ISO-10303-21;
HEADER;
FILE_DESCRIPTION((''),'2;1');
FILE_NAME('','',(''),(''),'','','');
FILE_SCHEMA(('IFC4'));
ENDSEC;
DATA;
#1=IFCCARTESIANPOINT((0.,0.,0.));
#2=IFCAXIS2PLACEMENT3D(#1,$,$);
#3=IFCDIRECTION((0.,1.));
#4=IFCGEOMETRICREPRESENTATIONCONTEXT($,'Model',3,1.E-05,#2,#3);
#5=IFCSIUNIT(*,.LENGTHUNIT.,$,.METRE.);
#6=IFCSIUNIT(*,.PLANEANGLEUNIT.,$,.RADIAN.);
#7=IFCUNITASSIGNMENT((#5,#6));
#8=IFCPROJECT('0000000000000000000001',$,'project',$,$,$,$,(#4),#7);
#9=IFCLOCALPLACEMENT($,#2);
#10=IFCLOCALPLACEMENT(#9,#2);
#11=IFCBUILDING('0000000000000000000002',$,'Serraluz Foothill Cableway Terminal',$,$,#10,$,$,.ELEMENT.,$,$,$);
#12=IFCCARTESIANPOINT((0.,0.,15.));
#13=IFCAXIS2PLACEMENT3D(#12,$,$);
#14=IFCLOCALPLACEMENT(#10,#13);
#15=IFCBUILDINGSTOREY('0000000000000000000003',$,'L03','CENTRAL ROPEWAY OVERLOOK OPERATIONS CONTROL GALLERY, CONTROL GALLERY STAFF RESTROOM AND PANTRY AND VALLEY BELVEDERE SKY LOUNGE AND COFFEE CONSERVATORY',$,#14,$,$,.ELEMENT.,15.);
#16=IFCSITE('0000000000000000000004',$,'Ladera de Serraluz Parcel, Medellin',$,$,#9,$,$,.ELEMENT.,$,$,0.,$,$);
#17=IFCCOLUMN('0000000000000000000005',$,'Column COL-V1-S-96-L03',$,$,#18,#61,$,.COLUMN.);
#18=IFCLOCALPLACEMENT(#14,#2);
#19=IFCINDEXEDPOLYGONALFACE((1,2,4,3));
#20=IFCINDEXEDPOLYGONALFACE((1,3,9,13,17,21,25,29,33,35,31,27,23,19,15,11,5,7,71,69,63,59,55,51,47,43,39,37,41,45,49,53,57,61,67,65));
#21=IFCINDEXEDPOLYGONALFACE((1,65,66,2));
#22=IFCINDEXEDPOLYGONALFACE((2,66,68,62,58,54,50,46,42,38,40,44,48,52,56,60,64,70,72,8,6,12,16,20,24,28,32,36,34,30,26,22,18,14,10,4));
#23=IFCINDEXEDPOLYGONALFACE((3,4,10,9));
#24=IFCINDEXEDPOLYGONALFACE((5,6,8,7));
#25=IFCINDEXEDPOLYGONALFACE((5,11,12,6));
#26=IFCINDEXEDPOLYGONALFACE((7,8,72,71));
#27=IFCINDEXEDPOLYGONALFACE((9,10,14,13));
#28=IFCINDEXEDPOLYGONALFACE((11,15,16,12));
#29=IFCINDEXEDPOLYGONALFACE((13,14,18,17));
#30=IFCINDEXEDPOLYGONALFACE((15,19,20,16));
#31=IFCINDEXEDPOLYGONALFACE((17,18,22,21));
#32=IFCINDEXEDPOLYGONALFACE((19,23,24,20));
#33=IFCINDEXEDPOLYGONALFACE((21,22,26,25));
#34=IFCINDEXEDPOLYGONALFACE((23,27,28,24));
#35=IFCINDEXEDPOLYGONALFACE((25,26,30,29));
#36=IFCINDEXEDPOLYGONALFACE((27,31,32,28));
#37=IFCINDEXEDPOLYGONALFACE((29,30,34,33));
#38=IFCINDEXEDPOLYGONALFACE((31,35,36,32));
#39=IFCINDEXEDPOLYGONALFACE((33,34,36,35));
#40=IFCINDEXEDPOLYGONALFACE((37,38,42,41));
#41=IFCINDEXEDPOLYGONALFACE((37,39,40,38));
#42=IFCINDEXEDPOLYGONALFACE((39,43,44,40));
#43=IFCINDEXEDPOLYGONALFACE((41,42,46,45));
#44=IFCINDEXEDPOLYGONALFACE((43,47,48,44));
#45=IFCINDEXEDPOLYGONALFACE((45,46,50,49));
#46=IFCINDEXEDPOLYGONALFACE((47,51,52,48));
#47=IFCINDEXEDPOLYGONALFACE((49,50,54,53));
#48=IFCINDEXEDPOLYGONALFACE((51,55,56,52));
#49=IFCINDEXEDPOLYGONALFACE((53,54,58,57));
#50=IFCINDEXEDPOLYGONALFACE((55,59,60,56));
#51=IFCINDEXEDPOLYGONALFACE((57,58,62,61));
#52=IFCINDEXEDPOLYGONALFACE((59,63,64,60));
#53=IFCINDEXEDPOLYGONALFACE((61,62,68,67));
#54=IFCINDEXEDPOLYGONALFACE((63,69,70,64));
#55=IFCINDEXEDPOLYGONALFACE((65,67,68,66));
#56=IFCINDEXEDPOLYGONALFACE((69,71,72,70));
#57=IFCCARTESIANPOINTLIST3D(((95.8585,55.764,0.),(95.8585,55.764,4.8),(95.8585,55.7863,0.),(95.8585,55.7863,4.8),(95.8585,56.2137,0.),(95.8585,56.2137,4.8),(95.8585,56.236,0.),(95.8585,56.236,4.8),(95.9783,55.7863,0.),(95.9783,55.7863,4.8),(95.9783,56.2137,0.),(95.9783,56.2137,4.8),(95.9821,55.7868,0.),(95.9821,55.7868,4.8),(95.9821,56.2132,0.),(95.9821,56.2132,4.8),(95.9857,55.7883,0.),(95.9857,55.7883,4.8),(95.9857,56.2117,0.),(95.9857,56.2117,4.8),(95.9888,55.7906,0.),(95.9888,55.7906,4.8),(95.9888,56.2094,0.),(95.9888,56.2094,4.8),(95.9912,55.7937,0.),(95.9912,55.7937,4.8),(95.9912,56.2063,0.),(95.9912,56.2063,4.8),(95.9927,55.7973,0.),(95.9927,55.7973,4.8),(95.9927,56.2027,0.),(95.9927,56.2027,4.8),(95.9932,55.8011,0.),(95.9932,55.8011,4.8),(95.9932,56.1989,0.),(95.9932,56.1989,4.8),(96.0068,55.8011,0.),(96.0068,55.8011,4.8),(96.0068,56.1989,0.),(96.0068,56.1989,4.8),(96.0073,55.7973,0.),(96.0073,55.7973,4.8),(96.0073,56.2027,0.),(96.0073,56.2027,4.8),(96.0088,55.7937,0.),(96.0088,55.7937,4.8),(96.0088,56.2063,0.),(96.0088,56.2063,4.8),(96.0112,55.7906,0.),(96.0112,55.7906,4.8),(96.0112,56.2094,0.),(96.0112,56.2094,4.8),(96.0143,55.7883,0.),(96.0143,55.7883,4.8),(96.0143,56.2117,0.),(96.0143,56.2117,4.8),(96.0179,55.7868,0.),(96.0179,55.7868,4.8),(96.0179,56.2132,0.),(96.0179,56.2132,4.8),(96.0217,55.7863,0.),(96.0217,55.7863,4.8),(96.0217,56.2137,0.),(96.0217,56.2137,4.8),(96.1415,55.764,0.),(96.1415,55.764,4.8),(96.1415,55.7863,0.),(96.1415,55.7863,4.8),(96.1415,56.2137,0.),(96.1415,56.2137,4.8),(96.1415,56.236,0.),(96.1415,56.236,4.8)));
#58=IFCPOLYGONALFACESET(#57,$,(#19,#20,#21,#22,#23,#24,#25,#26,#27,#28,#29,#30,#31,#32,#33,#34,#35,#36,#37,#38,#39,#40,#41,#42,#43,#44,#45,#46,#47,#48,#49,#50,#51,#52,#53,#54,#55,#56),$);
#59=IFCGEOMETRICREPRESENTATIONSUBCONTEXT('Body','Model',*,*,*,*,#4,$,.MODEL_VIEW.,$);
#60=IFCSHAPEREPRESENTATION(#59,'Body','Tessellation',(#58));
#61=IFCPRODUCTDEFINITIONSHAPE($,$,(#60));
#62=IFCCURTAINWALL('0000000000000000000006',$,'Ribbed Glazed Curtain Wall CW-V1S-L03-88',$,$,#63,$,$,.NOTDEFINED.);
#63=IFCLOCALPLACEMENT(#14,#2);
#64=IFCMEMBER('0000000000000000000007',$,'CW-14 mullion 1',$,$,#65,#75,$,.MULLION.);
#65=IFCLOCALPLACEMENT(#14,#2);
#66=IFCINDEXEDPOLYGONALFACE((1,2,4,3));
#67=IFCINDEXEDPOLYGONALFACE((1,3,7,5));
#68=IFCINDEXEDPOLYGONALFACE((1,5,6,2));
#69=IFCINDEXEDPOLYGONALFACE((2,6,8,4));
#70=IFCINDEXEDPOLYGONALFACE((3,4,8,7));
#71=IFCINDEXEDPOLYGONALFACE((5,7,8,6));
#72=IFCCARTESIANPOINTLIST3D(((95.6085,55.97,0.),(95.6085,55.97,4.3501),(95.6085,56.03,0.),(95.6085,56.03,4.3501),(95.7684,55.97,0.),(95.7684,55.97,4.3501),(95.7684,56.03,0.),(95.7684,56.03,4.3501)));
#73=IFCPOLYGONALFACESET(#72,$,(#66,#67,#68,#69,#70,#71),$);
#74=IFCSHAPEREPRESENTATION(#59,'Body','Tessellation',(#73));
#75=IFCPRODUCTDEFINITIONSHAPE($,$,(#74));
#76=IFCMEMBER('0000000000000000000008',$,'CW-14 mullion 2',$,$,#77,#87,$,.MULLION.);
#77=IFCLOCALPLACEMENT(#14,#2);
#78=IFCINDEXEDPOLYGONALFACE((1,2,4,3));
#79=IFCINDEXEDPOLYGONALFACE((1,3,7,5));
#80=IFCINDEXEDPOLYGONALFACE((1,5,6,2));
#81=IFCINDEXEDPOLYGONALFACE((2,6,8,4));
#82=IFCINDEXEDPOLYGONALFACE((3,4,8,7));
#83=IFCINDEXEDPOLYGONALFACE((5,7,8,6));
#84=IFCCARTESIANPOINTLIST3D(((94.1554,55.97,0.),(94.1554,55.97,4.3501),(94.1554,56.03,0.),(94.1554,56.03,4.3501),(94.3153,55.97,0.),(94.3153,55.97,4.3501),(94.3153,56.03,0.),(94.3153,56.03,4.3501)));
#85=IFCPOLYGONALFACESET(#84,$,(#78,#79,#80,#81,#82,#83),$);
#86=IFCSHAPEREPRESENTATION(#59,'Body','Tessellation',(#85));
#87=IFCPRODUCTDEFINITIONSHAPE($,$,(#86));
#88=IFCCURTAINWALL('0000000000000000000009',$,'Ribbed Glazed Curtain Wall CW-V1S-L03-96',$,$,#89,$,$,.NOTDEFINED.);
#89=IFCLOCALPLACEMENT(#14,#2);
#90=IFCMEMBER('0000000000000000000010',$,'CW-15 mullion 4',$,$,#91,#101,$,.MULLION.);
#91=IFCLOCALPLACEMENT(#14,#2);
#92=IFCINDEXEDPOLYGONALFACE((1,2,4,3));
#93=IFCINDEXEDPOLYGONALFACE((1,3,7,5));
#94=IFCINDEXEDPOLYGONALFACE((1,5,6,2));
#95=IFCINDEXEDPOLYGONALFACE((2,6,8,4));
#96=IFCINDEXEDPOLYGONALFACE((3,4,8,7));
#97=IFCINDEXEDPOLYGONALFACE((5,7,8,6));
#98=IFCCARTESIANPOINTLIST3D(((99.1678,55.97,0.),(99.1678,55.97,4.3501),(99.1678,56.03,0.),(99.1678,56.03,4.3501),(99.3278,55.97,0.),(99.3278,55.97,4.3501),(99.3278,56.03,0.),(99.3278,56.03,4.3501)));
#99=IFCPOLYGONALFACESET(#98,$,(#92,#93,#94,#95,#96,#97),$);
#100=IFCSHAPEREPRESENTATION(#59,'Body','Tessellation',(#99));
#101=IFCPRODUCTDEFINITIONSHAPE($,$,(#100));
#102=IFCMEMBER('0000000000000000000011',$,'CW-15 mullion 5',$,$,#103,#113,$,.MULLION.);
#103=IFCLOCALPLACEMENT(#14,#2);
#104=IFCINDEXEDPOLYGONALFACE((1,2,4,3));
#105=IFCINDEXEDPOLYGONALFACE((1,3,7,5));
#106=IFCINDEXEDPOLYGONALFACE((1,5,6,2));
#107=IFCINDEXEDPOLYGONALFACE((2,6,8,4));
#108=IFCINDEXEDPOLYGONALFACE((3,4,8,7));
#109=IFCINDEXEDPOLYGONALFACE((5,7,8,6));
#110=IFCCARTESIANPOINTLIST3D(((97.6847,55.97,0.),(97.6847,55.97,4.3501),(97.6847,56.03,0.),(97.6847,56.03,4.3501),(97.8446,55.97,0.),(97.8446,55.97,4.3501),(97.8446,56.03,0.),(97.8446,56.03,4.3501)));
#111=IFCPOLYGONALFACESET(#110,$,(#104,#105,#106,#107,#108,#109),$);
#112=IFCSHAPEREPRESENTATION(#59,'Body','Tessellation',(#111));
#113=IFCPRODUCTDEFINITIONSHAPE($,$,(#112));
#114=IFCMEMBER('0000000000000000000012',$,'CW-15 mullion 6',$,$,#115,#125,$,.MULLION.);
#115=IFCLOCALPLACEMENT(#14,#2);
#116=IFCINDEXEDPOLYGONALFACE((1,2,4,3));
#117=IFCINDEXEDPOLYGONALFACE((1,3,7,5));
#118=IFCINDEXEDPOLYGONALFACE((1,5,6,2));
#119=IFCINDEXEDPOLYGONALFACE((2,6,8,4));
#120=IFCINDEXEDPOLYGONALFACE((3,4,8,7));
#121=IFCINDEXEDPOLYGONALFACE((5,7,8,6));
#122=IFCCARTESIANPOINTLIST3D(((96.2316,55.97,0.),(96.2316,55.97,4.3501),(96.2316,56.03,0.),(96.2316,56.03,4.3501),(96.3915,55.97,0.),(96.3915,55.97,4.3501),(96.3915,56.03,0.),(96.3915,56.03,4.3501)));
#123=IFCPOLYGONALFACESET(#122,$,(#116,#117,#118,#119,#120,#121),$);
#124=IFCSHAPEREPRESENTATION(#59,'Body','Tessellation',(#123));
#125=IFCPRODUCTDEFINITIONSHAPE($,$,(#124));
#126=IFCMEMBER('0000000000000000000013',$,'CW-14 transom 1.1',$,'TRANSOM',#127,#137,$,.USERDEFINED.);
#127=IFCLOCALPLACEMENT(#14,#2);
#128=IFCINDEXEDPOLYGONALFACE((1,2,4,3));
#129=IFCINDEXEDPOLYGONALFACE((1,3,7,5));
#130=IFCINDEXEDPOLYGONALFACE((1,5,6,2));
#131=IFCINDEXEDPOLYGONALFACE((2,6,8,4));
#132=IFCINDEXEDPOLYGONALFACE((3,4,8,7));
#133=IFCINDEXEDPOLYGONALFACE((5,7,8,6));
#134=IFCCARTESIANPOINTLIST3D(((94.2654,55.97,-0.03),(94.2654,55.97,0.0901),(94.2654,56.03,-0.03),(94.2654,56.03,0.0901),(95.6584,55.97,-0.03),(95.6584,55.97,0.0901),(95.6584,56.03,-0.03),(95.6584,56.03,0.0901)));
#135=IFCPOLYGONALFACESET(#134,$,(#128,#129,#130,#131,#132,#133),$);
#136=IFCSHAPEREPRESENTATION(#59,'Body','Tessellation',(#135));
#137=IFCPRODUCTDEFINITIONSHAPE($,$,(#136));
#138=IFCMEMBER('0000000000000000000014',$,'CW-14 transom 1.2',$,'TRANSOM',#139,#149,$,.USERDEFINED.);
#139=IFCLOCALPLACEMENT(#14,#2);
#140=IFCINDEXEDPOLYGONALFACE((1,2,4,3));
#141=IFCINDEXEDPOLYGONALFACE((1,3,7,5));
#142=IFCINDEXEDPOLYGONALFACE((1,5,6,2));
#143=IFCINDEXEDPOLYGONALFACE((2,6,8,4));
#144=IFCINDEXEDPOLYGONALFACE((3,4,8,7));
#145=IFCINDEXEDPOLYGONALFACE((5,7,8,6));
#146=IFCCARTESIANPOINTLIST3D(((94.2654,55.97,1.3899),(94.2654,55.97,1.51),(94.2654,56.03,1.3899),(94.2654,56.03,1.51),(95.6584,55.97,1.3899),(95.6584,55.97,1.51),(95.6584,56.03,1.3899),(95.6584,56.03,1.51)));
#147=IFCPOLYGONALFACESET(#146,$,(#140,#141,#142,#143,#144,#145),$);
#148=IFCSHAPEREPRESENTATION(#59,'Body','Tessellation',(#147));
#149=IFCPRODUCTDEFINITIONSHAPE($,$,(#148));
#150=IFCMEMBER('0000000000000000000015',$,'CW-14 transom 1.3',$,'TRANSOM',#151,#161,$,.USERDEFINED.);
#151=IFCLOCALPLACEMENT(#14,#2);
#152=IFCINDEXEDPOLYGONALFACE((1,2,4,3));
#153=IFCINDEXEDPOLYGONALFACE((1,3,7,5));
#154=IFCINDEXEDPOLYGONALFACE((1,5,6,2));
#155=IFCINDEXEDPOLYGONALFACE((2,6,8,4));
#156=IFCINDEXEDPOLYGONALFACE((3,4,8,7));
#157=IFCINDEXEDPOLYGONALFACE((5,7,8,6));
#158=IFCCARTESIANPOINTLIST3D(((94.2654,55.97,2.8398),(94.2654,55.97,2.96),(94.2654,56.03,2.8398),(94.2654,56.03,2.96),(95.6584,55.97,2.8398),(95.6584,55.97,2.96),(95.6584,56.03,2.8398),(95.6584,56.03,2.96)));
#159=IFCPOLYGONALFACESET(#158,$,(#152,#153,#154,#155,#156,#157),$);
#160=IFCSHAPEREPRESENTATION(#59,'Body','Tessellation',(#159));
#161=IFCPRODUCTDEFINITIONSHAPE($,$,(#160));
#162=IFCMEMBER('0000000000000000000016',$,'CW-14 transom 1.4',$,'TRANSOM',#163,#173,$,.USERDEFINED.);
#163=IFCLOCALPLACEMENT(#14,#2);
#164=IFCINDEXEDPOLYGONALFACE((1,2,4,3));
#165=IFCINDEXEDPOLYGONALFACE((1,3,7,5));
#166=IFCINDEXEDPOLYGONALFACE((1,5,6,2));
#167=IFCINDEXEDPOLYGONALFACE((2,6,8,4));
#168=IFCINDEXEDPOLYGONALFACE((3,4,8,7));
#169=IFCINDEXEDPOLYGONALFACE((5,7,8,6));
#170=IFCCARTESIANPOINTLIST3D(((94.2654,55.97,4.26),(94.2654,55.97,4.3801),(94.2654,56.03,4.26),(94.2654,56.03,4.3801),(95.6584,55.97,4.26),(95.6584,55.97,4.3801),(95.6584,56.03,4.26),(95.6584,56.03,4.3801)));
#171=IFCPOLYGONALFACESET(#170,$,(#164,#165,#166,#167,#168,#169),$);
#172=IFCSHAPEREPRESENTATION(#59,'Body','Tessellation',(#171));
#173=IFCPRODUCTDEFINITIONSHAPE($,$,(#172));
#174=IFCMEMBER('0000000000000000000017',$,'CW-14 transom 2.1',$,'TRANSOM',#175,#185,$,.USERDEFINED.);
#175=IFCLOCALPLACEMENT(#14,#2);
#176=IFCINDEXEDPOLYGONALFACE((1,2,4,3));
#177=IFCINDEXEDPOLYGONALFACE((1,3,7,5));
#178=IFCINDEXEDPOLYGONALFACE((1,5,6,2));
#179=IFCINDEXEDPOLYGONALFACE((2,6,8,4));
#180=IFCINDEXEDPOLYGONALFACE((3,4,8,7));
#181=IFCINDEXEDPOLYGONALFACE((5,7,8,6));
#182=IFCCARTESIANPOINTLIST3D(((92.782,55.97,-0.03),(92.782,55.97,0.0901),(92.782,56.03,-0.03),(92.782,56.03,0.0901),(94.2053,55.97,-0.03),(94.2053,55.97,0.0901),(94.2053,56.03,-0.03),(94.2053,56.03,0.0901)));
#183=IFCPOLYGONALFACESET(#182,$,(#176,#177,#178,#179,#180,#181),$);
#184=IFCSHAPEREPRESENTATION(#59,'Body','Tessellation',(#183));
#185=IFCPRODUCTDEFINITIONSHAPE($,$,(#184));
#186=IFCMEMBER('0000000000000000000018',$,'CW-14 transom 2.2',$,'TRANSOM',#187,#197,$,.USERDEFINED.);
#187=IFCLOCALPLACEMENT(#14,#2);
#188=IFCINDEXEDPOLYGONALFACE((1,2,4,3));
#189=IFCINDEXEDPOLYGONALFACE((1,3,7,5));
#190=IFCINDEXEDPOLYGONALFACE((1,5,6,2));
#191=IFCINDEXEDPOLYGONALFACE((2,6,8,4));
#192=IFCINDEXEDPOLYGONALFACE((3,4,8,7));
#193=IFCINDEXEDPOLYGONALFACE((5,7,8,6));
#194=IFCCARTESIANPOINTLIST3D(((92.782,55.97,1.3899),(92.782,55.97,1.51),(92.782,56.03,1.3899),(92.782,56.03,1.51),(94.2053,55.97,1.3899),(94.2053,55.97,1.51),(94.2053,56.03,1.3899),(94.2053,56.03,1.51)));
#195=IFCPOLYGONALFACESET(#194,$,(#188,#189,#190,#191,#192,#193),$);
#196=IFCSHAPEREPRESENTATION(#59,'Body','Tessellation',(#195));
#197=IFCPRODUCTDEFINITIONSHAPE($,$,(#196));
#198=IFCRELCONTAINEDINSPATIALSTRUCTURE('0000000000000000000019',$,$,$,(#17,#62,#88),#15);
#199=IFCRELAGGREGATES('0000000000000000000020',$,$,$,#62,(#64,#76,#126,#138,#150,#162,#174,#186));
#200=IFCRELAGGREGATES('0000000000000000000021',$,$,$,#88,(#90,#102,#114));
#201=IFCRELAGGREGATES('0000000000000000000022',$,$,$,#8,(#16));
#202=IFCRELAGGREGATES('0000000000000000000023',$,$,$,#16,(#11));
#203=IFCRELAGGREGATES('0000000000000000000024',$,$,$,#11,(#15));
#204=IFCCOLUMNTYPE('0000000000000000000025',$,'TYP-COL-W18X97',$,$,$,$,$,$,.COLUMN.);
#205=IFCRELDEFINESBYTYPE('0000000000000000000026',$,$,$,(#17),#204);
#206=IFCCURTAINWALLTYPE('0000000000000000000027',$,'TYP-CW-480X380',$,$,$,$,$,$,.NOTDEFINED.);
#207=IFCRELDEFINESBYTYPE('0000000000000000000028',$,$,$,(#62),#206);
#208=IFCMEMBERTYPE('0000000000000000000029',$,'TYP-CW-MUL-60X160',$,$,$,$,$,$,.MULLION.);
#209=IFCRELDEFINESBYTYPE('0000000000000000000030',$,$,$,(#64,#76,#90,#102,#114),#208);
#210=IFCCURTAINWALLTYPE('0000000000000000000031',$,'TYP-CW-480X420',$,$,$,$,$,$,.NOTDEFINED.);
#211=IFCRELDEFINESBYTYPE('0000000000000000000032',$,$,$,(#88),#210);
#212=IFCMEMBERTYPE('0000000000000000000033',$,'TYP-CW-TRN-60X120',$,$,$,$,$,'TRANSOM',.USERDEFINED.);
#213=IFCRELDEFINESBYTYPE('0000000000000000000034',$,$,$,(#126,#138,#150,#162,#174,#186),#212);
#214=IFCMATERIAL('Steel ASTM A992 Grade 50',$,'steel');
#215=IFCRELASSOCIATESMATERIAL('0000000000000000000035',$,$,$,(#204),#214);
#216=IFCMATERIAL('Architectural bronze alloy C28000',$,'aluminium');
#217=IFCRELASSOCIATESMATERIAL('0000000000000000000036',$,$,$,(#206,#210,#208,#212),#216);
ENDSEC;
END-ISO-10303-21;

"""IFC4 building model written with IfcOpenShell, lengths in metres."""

from ifc_helpers import new_model, si_unit, direction, frame, origin, origin_2d, place, context, subcontext, project, spatial, rectangle, i_section, extrude, material, material_profile, profile_set, type_object, element, aggregate, save


model = new_model("IFC4")

# Units and contexts
model_context = context("Model", 3, precision=1e-05, world=origin(), true_north=direction((0.0, 1.0)))
body_context = subcontext(model_context, "Body", "Model", "MODEL_VIEW")
ifc_project = project(units=[si_unit("LENGTHUNIT", "METRE"), si_unit("PLANEANGLEUNIT", "RADIAN")], contexts=[model_context])

# Site, building, storey
site_placement = place(None, origin())
site = spatial("IfcSite", under=ifc_project, at=site_placement, Name="Ladera de Serraluz Parcel, Medellin", CompositionType="ELEMENT", RefElevation=0.0)
building_placement = place(site_placement, origin())
building = spatial("IfcBuilding", under=site, at=building_placement, Name="Serraluz Foothill Cableway Terminal", CompositionType="ELEMENT")
storey_placement = place(building_placement, frame((0.0, 0.0, 15.0)))
storey = spatial("IfcBuildingStorey", under=building, at=storey_placement, Name="L03", Description="CENTRAL ROPEWAY OVERLOOK OPERATIONS CONTROL GALLERY, CONTROL GALLERY STAFF RESTROOM AND PANTRY AND VALLEY BELVEDERE SKY LOUNGE AND COFFEE CONSERVATORY", CompositionType="ELEMENT", Elevation=15.0)

# Column
ifc_material_1 = material(Name="Steel ASTM A992 Grade 50", Category="steel")
ifc_material_profile_1 = material_profile(ifc_material_1, i_section(OverallWidth=0.283, OverallDepth=0.4719, WebThickness=0.0137, FlangeThickness=0.0222, FilletRadius=0.0149, at=origin_2d()), Name="W18X97")
ifc_profile_set_1 = profile_set([ifc_material_profile_1], Name="Steel ASTM A992 Grade 50")
column_type = type_object("IfcColumnType", Name="TYP-COL-W18X97", PredefinedType="COLUMN", material=ifc_profile_set_1)
column_placement = place(storey_placement, frame((96.0, 56.0, 0.0), z_axis=(0.0, 0.0, 1.0), x_axis=(1.0, 0.0, 0.0)))
element("IfcColumn", 1, at=column_placement, inside=storey, type_object=column_type, Name="Column COL-V1-S-96-L03", PredefinedType="COLUMN", context=body_context, shape_type="SweptSolid", body=[
    extrude(i_section(OverallWidth=0.283, OverallDepth=0.4719, WebThickness=0.0137, FlangeThickness=0.0222, FilletRadius=0.0149, at=origin_2d()), origin(), (0.0, 0.0, 1.0), 4.8),
])

# Curtain walls, members
ifc_material_2 = material(Name="Architectural bronze alloy C28000", Category="aluminium")
curtain_wall_type_1 = type_object("IfcCurtainWallType", Name="TYP-CW-480X380", PredefinedType="NOTDEFINED", material=ifc_material_2)
curtain_wall_1_placement = place(storey_placement, origin())
curtain_wall_1 = element("IfcCurtainWall", 2, at=curtain_wall_1_placement, inside=storey, type_object=curtain_wall_type_1, Name="Ribbed Glazed Curtain Wall CW-V1S-L03-88", PredefinedType="NOTDEFINED")
ifc_material_profile_2 = material_profile(ifc_material_2, rectangle(XDim=0.0601, YDim=0.1599, at=origin_2d()), Name="ALU MULLION 60x160")
ifc_profile_set_2 = profile_set([ifc_material_profile_2], Name="Architectural bronze alloy C28000")
member_type_1 = type_object("IfcMemberType", Name="TYP-CW-MUL-60X160", PredefinedType="MULLION", material=ifc_profile_set_2)
member_1_placement = place(storey_placement, frame((95.6885, 56.0, 0.0), z_axis=(0.0, 0.0, 1.0), x_axis=(0.0, -1.0, 0.0)))
member_1 = element("IfcMember", 3, at=member_1_placement, type_object=member_type_1, Name="CW-14 mullion 1", PredefinedType="MULLION", context=body_context, shape_type="SweptSolid", body=[
    extrude(rectangle(XDim=0.0601, YDim=0.1599, at=origin_2d()), origin(), (0.0, 0.0, 1.0), 4.3501),
])
member_2_placement = place(storey_placement, frame((94.2354, 56.0, 0.0), z_axis=(0.0, 0.0, 1.0), x_axis=(0.0, -1.0, 0.0)))
member_2 = element("IfcMember", 4, at=member_2_placement, type_object=member_type_1, Name="CW-14 mullion 2", PredefinedType="MULLION", context=body_context, shape_type="SweptSolid", body=[
    extrude(rectangle(XDim=0.0601, YDim=0.1599, at=origin_2d()), origin(), (0.0, 0.0, 1.0), 4.3501),
])
curtain_wall_type_2 = type_object("IfcCurtainWallType", Name="TYP-CW-480X420", PredefinedType="NOTDEFINED", material=ifc_material_2)
curtain_wall_2_placement = place(storey_placement, origin())
curtain_wall_2 = element("IfcCurtainWall", 5, at=curtain_wall_2_placement, inside=storey, type_object=curtain_wall_type_2, Name="Ribbed Glazed Curtain Wall CW-V1S-L03-96", PredefinedType="NOTDEFINED")
member_3_placement = place(storey_placement, frame((99.2478, 56.0, 0.0), z_axis=(0.0, 0.0, 1.0), x_axis=(0.0, -1.0, 0.0)))
member_3 = element("IfcMember", 6, at=member_3_placement, type_object=member_type_1, Name="CW-15 mullion 4", PredefinedType="MULLION", context=body_context, shape_type="SweptSolid", body=[
    extrude(rectangle(XDim=0.0601, YDim=0.1599, at=origin_2d()), origin(), (0.0, 0.0, 1.0), 4.3501),
])
member_4_placement = place(storey_placement, frame((97.7646, 56.0, 0.0), z_axis=(0.0, 0.0, 1.0), x_axis=(0.0, -1.0, 0.0)))
member_4 = element("IfcMember", 7, at=member_4_placement, type_object=member_type_1, Name="CW-15 mullion 5", PredefinedType="MULLION", context=body_context, shape_type="SweptSolid", body=[
    extrude(rectangle(XDim=0.0601, YDim=0.1599, at=origin_2d()), origin(), (0.0, 0.0, 1.0), 4.3501),
])
member_5_placement = place(storey_placement, frame((96.3115, 56.0, 0.0), z_axis=(0.0, 0.0, 1.0), x_axis=(0.0, -1.0, 0.0)))
member_5 = element("IfcMember", 8, at=member_5_placement, type_object=member_type_1, Name="CW-15 mullion 6", PredefinedType="MULLION", context=body_context, shape_type="SweptSolid", body=[
    extrude(rectangle(XDim=0.0601, YDim=0.1599, at=origin_2d()), origin(), (0.0, 0.0, 1.0), 4.3501),
])

# Members
ifc_material_profile_3 = material_profile(ifc_material_2, rectangle(XDim=0.0601, YDim=0.1201, at=origin_2d()), Name="ALU TRANSOM 60x120")
ifc_profile_set_3 = profile_set([ifc_material_profile_3], Name="Architectural bronze alloy C28000")
member_type_2 = type_object("IfcMemberType", Name="TYP-CW-TRN-60X120", ElementType="TRANSOM", PredefinedType="USERDEFINED", material=ifc_profile_set_3)
member_6_placement = place(storey_placement, frame((95.6584, 56.0, 0.03), z_axis=(-1.0, 0.0, 0.0), x_axis=(0.0, -1.0, 0.0)))
member_6 = element("IfcMember", 9, at=member_6_placement, type_object=member_type_2, Name="CW-14 transom 1.1", ObjectType="TRANSOM", PredefinedType="USERDEFINED", context=body_context, shape_type="SweptSolid", body=[
    extrude(rectangle(XDim=0.0601, YDim=0.1201, at=origin_2d()), origin(), (0.0, 0.0, 1.0), 1.3931),
])
member_7_placement = place(storey_placement, frame((95.6584, 56.0, 1.45), z_axis=(-1.0, 0.0, 0.0), x_axis=(0.0, -1.0, 0.0)))
member_7 = element("IfcMember", 10, at=member_7_placement, type_object=member_type_2, Name="CW-14 transom 1.2", ObjectType="TRANSOM", PredefinedType="USERDEFINED", context=body_context, shape_type="SweptSolid", body=[
    extrude(rectangle(XDim=0.0601, YDim=0.1201, at=origin_2d()), origin(), (0.0, 0.0, 1.0), 1.3931),
])
member_8_placement = place(storey_placement, frame((95.6584, 56.0, 2.8999), z_axis=(-1.0, 0.0, 0.0), x_axis=(0.0, -1.0, 0.0)))
member_8 = element("IfcMember", 11, at=member_8_placement, type_object=member_type_2, Name="CW-14 transom 1.3", ObjectType="TRANSOM", PredefinedType="USERDEFINED", context=body_context, shape_type="SweptSolid", body=[
    extrude(rectangle(XDim=0.0601, YDim=0.1201, at=origin_2d()), origin(), (0.0, 0.0, 1.0), 1.3931),
])
member_9_placement = place(storey_placement, frame((95.6584, 56.0, 4.3201), z_axis=(-1.0, 0.0, 0.0), x_axis=(0.0, -1.0, 0.0)))
member_9 = element("IfcMember", 12, at=member_9_placement, type_object=member_type_2, Name="CW-14 transom 1.4", ObjectType="TRANSOM", PredefinedType="USERDEFINED", context=body_context, shape_type="SweptSolid", body=[
    extrude(rectangle(XDim=0.0601, YDim=0.1201, at=origin_2d()), origin(), (0.0, 0.0, 1.0), 1.3931),
])
member_10_placement = place(storey_placement, frame((94.2053, 56.0, 0.03), z_axis=(-1.0, 0.0, 0.0), x_axis=(0.0, -1.0, 0.0)))
member_10 = element("IfcMember", 13, at=member_10_placement, type_object=member_type_2, Name="CW-14 transom 2.1", ObjectType="TRANSOM", PredefinedType="USERDEFINED", context=body_context, shape_type="SweptSolid", body=[
    extrude(rectangle(XDim=0.0601, YDim=0.1201, at=origin_2d()), origin(), (0.0, 0.0, 1.0), 1.4233),
])
member_11_placement = place(storey_placement, frame((94.2053, 56.0, 1.45), z_axis=(-1.0, 0.0, 0.0), x_axis=(0.0, -1.0, 0.0)))
member_11 = element("IfcMember", 14, at=member_11_placement, type_object=member_type_2, Name="CW-14 transom 2.2", ObjectType="TRANSOM", PredefinedType="USERDEFINED", context=body_context, shape_type="SweptSolid", body=[
    extrude(rectangle(XDim=0.0601, YDim=0.1201, at=origin_2d()), origin(), (0.0, 0.0, 1.0), 1.4233),
])

aggregate(curtain_wall_1, [member_1, member_2, member_6, member_7, member_8, member_9, member_10, member_11])
aggregate(curtain_wall_2, [member_3, member_4, member_5])

save(model, "model.ifc")
